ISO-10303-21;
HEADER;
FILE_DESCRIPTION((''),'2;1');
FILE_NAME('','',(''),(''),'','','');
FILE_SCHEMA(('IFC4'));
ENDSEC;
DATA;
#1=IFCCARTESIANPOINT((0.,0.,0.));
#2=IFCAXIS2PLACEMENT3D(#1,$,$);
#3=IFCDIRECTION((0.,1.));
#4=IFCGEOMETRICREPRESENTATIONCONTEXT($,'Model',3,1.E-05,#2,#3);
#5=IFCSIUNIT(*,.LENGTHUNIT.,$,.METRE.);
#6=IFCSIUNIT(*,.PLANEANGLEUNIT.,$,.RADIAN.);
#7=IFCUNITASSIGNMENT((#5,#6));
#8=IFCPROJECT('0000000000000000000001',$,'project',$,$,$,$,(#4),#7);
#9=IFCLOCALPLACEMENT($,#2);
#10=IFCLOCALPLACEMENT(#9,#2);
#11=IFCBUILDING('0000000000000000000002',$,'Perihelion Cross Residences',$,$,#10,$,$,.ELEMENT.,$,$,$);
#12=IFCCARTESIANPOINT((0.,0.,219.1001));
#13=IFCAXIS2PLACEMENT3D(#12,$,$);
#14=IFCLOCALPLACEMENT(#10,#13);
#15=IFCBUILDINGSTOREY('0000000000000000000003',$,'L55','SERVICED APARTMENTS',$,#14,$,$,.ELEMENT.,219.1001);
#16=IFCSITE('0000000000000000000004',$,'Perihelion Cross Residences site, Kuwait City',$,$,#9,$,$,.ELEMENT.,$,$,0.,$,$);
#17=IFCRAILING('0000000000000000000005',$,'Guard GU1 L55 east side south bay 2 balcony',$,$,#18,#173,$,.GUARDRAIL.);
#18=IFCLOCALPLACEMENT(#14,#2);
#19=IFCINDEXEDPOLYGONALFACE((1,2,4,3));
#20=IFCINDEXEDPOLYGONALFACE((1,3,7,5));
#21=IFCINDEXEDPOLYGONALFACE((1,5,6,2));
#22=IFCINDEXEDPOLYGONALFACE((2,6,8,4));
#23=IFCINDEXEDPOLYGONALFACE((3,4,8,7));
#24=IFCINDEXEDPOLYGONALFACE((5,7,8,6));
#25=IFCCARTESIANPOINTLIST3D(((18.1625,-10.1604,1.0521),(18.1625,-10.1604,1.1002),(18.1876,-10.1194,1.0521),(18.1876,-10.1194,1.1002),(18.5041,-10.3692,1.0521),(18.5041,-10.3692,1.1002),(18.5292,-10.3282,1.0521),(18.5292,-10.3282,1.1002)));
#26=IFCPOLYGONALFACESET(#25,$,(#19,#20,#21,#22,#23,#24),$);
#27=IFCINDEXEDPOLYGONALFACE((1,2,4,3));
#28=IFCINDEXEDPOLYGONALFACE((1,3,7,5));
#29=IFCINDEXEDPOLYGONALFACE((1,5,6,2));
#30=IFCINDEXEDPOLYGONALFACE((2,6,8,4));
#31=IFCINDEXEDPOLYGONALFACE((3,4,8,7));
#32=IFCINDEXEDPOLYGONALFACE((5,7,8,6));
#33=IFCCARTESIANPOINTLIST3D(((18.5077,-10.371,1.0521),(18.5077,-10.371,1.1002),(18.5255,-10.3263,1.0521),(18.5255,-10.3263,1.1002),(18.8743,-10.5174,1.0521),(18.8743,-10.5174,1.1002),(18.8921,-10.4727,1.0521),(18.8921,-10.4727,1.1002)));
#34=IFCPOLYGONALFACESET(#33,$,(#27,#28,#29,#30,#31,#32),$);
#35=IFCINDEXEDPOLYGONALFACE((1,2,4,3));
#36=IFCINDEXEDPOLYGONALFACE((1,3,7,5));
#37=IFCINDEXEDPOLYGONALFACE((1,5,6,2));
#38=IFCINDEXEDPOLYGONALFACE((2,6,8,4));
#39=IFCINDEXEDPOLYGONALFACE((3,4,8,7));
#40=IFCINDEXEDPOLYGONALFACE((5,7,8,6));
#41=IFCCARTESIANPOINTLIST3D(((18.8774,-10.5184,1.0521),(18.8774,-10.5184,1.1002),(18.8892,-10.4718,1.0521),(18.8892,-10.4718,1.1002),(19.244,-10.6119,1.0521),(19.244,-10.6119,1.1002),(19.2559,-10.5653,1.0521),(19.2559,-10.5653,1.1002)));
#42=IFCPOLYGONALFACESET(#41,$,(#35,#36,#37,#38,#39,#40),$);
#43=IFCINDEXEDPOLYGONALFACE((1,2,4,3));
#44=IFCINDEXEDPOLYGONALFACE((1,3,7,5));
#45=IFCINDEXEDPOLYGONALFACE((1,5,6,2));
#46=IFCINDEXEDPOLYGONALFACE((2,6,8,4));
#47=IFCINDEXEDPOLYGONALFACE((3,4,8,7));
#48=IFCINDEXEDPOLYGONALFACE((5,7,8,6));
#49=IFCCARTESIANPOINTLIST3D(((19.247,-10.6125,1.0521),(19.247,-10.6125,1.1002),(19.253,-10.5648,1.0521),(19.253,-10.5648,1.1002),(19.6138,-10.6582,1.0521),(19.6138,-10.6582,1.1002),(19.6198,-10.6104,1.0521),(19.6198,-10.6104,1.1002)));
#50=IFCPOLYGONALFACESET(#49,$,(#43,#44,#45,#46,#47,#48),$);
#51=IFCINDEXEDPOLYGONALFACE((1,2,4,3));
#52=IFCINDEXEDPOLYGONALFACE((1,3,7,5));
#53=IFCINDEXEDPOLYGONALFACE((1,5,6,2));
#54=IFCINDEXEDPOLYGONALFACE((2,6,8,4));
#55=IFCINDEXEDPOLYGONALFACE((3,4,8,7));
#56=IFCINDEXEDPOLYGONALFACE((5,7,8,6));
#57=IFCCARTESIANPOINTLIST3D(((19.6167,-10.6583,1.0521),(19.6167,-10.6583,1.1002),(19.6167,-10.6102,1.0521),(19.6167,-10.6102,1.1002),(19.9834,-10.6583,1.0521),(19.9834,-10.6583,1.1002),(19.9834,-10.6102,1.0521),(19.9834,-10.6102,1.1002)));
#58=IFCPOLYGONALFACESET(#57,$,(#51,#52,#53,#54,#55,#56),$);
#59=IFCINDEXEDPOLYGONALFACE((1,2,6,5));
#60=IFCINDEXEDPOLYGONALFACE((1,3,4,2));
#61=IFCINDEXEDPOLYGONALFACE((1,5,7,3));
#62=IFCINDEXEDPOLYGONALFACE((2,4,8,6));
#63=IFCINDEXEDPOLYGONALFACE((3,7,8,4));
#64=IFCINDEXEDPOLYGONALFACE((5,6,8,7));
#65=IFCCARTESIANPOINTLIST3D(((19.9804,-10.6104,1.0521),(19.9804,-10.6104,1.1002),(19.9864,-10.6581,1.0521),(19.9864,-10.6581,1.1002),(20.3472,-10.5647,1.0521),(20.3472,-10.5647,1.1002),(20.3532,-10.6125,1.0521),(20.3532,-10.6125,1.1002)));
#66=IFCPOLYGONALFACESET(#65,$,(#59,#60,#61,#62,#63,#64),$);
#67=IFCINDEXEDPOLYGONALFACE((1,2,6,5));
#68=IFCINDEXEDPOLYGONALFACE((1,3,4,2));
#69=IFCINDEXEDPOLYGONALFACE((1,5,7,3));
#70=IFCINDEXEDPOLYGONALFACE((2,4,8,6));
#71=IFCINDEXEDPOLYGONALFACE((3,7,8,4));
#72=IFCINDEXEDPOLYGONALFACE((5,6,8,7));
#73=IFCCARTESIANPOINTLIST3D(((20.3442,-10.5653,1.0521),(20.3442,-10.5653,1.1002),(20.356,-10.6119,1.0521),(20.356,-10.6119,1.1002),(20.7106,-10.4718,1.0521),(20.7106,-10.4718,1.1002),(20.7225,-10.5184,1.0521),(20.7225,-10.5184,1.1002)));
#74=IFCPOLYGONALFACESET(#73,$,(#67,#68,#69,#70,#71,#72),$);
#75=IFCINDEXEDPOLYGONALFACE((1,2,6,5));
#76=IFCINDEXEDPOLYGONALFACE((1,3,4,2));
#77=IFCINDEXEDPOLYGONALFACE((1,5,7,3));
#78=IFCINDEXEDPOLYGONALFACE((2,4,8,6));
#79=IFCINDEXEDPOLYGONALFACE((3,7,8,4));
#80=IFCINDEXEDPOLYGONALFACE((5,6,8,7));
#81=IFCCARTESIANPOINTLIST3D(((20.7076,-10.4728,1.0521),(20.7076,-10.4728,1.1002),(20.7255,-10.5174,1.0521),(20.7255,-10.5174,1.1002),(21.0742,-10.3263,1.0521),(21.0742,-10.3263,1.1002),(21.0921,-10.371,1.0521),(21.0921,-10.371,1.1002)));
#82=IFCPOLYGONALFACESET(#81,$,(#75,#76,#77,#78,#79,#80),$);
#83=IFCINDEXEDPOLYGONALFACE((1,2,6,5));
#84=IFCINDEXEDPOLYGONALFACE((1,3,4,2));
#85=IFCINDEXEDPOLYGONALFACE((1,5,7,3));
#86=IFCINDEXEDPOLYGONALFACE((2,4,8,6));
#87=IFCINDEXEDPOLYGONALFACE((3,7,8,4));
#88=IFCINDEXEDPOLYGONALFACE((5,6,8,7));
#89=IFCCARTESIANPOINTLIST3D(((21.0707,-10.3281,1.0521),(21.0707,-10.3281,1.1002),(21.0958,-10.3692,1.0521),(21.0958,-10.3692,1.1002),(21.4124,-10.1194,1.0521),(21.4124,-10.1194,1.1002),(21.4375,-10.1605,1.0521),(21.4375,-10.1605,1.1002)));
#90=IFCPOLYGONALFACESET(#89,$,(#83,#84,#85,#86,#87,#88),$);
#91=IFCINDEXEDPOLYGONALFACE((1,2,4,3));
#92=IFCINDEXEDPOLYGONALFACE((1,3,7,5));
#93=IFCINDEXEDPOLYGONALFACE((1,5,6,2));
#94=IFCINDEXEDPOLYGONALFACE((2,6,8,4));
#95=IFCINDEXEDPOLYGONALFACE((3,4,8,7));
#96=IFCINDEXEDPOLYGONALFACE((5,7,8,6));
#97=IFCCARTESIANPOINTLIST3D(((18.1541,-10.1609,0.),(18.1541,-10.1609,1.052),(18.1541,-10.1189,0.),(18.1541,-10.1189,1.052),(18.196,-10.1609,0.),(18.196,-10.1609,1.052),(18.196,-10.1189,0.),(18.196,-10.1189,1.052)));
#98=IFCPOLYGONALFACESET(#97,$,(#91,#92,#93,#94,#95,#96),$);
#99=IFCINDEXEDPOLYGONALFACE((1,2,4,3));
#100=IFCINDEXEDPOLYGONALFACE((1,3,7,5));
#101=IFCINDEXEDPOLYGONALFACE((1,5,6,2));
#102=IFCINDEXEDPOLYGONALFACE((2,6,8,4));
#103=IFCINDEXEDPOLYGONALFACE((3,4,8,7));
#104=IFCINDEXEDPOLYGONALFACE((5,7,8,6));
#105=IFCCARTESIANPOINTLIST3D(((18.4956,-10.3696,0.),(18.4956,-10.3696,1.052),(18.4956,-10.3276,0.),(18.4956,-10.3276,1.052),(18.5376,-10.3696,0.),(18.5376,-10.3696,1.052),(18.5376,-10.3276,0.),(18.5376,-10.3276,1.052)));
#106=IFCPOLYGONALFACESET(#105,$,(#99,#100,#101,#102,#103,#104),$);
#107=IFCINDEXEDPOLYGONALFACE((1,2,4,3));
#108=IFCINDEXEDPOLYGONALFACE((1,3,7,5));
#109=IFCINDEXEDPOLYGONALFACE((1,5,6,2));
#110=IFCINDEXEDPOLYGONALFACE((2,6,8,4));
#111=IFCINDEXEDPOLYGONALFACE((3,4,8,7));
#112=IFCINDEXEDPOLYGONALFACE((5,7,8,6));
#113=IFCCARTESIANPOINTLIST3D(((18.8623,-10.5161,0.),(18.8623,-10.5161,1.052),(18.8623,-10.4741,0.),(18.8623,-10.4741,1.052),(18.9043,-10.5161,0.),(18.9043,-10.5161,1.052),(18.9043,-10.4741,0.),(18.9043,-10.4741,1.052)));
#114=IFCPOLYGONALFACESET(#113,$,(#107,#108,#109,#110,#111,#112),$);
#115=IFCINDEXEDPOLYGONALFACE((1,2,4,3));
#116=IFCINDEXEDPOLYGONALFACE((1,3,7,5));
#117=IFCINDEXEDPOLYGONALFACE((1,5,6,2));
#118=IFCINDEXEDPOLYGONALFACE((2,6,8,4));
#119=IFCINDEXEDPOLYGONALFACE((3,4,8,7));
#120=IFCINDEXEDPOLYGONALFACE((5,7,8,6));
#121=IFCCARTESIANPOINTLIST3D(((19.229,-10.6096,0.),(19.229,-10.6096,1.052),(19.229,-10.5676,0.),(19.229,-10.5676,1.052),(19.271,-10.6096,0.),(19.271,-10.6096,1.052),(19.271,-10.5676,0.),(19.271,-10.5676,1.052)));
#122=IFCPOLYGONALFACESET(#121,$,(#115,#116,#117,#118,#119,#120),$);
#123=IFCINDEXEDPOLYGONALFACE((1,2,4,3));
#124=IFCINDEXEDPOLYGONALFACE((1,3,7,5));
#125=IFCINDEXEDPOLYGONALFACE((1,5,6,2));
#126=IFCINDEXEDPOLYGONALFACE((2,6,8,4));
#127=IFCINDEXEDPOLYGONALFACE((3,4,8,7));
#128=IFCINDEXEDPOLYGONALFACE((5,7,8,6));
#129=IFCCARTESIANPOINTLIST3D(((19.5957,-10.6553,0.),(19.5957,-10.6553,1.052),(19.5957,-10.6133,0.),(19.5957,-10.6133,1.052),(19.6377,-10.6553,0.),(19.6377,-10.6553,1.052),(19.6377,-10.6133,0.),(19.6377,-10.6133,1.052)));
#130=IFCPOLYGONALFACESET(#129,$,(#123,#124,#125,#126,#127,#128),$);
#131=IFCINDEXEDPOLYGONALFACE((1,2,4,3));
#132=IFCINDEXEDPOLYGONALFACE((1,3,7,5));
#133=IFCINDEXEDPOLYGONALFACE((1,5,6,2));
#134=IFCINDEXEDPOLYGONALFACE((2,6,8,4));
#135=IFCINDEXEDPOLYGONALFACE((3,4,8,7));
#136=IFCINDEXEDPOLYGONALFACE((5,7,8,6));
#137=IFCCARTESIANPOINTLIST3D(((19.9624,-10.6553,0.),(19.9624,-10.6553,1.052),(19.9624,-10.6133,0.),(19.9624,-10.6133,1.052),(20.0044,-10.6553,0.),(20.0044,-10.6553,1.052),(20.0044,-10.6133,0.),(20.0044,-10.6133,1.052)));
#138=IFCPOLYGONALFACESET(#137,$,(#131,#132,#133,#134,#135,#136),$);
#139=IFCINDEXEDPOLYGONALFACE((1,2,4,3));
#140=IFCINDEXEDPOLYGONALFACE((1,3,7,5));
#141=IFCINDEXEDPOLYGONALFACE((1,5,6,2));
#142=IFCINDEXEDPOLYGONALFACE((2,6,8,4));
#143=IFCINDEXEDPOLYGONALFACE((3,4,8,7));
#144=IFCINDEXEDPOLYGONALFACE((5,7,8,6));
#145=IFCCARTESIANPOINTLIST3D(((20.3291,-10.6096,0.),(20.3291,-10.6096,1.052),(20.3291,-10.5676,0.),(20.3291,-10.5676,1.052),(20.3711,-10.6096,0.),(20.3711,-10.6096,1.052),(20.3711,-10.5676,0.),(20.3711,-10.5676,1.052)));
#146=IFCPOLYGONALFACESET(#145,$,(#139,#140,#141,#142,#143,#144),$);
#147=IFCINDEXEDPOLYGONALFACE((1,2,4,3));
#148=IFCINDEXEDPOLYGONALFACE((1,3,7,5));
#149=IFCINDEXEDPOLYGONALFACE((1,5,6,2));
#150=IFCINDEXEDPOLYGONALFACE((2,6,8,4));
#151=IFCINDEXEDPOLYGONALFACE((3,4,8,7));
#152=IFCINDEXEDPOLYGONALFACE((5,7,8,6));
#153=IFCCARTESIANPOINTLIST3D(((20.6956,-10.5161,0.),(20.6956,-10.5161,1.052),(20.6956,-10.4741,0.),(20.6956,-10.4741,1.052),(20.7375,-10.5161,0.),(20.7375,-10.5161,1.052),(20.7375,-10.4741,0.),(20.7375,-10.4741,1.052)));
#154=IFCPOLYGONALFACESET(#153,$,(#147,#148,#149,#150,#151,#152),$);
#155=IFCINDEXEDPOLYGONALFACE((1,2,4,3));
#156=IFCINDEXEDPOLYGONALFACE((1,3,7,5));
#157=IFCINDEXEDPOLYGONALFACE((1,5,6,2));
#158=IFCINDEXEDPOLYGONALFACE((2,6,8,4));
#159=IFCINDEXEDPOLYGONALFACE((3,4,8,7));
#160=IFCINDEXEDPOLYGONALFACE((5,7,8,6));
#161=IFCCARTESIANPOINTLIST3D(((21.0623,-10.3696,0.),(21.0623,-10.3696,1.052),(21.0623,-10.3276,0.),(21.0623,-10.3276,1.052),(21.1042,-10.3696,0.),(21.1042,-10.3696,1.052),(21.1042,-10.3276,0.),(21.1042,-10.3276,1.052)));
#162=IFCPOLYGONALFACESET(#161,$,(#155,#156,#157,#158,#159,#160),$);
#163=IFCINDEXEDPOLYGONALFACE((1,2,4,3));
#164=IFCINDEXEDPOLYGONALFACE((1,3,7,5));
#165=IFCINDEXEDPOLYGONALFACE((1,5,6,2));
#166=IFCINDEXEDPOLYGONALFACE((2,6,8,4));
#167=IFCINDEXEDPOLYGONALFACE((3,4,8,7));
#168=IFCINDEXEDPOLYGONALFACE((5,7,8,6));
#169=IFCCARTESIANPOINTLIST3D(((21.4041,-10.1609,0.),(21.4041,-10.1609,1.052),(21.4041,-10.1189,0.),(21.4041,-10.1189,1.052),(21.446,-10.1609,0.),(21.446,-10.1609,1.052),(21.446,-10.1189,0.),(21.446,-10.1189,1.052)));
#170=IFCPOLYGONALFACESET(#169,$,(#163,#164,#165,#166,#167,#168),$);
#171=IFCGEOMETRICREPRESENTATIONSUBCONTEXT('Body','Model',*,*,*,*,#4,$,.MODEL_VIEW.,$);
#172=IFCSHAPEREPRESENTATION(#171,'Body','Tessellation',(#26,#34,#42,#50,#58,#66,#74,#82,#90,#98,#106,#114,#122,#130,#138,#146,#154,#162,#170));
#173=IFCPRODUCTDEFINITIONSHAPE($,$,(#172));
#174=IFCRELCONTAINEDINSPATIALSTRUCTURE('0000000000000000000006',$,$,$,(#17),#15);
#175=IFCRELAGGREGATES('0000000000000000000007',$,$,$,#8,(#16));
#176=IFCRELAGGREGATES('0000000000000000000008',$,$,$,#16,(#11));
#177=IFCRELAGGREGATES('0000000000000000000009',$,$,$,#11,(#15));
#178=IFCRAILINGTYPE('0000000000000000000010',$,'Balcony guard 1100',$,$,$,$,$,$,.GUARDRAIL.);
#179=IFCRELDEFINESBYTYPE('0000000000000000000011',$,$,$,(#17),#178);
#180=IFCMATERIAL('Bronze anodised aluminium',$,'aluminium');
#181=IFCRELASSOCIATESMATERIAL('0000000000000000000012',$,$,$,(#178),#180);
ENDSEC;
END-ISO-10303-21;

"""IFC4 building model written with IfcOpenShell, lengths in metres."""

from ifc_helpers import new_model, si_unit, direction, frame, origin, origin_2d, place, context, subcontext, project, spatial, rectangle, extrude, material, type_object, element, save


model = new_model("IFC4")

# Units and contexts
model_context = context("Model", 3, precision=1e-05, world=origin(), true_north=direction((0.0, 1.0)))
body_context = subcontext(model_context, "Body", "Model", "MODEL_VIEW")
ifc_project = project(units=[si_unit("LENGTHUNIT", "METRE"), si_unit("PLANEANGLEUNIT", "RADIAN")], contexts=[model_context])

# Site, building, storey
site_placement = place(None, origin())
site = spatial("IfcSite", under=ifc_project, at=site_placement, Name="Perihelion Cross Residences site, Kuwait City", CompositionType="ELEMENT", RefElevation=0.0)
building_placement = place(site_placement, origin())
building = spatial("IfcBuilding", under=site, at=building_placement, Name="Perihelion Cross Residences", CompositionType="ELEMENT")
storey_placement = place(building_placement, frame((0.0, 0.0, 219.1001)))
storey = spatial("IfcBuildingStorey", under=building, at=storey_placement, Name="L55", Description="SERVICED APARTMENTS", CompositionType="ELEMENT", Elevation=219.1001)

# Railing
ifc_material_1 = material(Name="Bronze anodised aluminium", Category="aluminium")
railing_type = type_object("IfcRailingType", Name="Balcony guard 1100", PredefinedType="GUARDRAIL", material=ifc_material_1)
railing_1_placement = place(storey_placement, frame((18.175, -10.1399, 0.0)))
element("IfcRailing", 1, at=railing_1_placement, inside=storey, type_object=railing_type, Name="Guard GU1 L55 east side south bay 2 balcony", PredefinedType="GUARDRAIL", context=body_context, shape_type="SweptSolid", body=[
    extrude(rectangle(XDim=0.0481, YDim=0.0481, at=origin_2d()), frame((0.0, 0.0, 1.0762), z_axis=(0.853267, -0.521475, 0.0), x_axis=(0.521475, 0.853267, 0.0)), (0.0, 0.0, 1.0), 0.4004),
    extrude(rectangle(XDim=0.0481, YDim=0.0481, at=origin_2d()), frame((0.3416, -0.2087, 1.0762), z_axis=(0.928647, -0.370964, 0.0), x_axis=(0.370964, 0.928647, 0.0)), (0.0, 0.0, 1.0), 0.3948),
    extrude(rectangle(XDim=0.0481, YDim=0.0481, at=origin_2d()), frame((0.7083, -0.3552, 1.0762), z_axis=(0.968993, -0.247087, 0.0), x_axis=(0.247087, 0.968993, 0.0)), (0.0, 0.0, 1.0), 0.3784),
    extrude(rectangle(XDim=0.0481, YDim=0.0481, at=origin_2d()), frame((1.075, -0.4487, 1.0762), z_axis=(0.992339, -0.123547, 0.0), x_axis=(0.123547, 0.992339, 0.0)), (0.0, 0.0, 1.0), 0.3696),
    extrude(rectangle(XDim=0.0481, YDim=0.0481, at=origin_2d()), frame((1.4417, -0.4944, 1.0762), z_axis=(1.0, 0.0, 0.0), x_axis=(0.0, 1.0, 0.0)), (0.0, 0.0, 1.0), 0.3667),
    extrude(rectangle(XDim=0.0481, YDim=0.0481, at=origin_2d()), frame((1.8083, -0.4944, 1.0762), z_axis=(0.992339, 0.123547, 0.0), x_axis=(-0.123547, 0.992339, 0.0)), (0.0, 0.0, 1.0), 0.3696),
    extrude(rectangle(XDim=0.0481, YDim=0.0481, at=origin_2d()), frame((2.175, -0.4487, 1.0762), z_axis=(0.968954, 0.247241, 0.0), x_axis=(-0.247241, 0.968954, 0.0)), (0.0, 0.0, 1.0), 0.3782),
    extrude(rectangle(XDim=0.0481, YDim=0.0481, at=origin_2d()), frame((2.5415, -0.3552, 1.0762), z_axis=(0.928647, 0.370964, 0.0), x_axis=(-0.370964, 0.928647, 0.0)), (0.0, 0.0, 1.0), 0.3948),
    extrude(rectangle(XDim=0.0481, YDim=0.0481, at=origin_2d()), frame((2.9082, -0.2087, 1.0762), z_axis=(0.853432, 0.521203, 0.0), x_axis=(-0.521203, 0.853432, 0.0)), (0.0, 0.0, 1.0), 0.4004),
    extrude(rectangle(XDim=0.042, YDim=0.042, at=origin_2d()), origin(), (0.0, 0.0, 1.0), 1.052),
    extrude(rectangle(XDim=0.042, YDim=0.042, at=origin_2d()), frame((0.3416, -0.2087, 0.0)), (0.0, 0.0, 1.0), 1.052),
    extrude(rectangle(XDim=0.042, YDim=0.042, at=origin_2d()), frame((0.7083, -0.3552, 0.0)), (0.0, 0.0, 1.0), 1.052),
    extrude(rectangle(XDim=0.042, YDim=0.042, at=origin_2d()), frame((1.075, -0.4487, 0.0)), (0.0, 0.0, 1.0), 1.052),
    extrude(rectangle(XDim=0.042, YDim=0.042, at=origin_2d()), frame((1.4417, -0.4944, 0.0)), (0.0, 0.0, 1.0), 1.052),
    extrude(rectangle(XDim=0.042, YDim=0.042, at=origin_2d()), frame((1.8083, -0.4944, 0.0)), (0.0, 0.0, 1.0), 1.052),
    extrude(rectangle(XDim=0.042, YDim=0.042, at=origin_2d()), frame((2.175, -0.4487, 0.0)), (0.0, 0.0, 1.0), 1.052),
    extrude(rectangle(XDim=0.042, YDim=0.042, at=origin_2d()), frame((2.5415, -0.3552, 0.0)), (0.0, 0.0, 1.0), 1.052),
    extrude(rectangle(XDim=0.042, YDim=0.042, at=origin_2d()), frame((2.9082, -0.2087, 0.0)), (0.0, 0.0, 1.0), 1.052),
    extrude(rectangle(XDim=0.042, YDim=0.042, at=origin_2d()), frame((3.25, 0.0, 0.0)), (0.0, 0.0, 1.0), 1.052),
])

save(model, "model.ifc")
